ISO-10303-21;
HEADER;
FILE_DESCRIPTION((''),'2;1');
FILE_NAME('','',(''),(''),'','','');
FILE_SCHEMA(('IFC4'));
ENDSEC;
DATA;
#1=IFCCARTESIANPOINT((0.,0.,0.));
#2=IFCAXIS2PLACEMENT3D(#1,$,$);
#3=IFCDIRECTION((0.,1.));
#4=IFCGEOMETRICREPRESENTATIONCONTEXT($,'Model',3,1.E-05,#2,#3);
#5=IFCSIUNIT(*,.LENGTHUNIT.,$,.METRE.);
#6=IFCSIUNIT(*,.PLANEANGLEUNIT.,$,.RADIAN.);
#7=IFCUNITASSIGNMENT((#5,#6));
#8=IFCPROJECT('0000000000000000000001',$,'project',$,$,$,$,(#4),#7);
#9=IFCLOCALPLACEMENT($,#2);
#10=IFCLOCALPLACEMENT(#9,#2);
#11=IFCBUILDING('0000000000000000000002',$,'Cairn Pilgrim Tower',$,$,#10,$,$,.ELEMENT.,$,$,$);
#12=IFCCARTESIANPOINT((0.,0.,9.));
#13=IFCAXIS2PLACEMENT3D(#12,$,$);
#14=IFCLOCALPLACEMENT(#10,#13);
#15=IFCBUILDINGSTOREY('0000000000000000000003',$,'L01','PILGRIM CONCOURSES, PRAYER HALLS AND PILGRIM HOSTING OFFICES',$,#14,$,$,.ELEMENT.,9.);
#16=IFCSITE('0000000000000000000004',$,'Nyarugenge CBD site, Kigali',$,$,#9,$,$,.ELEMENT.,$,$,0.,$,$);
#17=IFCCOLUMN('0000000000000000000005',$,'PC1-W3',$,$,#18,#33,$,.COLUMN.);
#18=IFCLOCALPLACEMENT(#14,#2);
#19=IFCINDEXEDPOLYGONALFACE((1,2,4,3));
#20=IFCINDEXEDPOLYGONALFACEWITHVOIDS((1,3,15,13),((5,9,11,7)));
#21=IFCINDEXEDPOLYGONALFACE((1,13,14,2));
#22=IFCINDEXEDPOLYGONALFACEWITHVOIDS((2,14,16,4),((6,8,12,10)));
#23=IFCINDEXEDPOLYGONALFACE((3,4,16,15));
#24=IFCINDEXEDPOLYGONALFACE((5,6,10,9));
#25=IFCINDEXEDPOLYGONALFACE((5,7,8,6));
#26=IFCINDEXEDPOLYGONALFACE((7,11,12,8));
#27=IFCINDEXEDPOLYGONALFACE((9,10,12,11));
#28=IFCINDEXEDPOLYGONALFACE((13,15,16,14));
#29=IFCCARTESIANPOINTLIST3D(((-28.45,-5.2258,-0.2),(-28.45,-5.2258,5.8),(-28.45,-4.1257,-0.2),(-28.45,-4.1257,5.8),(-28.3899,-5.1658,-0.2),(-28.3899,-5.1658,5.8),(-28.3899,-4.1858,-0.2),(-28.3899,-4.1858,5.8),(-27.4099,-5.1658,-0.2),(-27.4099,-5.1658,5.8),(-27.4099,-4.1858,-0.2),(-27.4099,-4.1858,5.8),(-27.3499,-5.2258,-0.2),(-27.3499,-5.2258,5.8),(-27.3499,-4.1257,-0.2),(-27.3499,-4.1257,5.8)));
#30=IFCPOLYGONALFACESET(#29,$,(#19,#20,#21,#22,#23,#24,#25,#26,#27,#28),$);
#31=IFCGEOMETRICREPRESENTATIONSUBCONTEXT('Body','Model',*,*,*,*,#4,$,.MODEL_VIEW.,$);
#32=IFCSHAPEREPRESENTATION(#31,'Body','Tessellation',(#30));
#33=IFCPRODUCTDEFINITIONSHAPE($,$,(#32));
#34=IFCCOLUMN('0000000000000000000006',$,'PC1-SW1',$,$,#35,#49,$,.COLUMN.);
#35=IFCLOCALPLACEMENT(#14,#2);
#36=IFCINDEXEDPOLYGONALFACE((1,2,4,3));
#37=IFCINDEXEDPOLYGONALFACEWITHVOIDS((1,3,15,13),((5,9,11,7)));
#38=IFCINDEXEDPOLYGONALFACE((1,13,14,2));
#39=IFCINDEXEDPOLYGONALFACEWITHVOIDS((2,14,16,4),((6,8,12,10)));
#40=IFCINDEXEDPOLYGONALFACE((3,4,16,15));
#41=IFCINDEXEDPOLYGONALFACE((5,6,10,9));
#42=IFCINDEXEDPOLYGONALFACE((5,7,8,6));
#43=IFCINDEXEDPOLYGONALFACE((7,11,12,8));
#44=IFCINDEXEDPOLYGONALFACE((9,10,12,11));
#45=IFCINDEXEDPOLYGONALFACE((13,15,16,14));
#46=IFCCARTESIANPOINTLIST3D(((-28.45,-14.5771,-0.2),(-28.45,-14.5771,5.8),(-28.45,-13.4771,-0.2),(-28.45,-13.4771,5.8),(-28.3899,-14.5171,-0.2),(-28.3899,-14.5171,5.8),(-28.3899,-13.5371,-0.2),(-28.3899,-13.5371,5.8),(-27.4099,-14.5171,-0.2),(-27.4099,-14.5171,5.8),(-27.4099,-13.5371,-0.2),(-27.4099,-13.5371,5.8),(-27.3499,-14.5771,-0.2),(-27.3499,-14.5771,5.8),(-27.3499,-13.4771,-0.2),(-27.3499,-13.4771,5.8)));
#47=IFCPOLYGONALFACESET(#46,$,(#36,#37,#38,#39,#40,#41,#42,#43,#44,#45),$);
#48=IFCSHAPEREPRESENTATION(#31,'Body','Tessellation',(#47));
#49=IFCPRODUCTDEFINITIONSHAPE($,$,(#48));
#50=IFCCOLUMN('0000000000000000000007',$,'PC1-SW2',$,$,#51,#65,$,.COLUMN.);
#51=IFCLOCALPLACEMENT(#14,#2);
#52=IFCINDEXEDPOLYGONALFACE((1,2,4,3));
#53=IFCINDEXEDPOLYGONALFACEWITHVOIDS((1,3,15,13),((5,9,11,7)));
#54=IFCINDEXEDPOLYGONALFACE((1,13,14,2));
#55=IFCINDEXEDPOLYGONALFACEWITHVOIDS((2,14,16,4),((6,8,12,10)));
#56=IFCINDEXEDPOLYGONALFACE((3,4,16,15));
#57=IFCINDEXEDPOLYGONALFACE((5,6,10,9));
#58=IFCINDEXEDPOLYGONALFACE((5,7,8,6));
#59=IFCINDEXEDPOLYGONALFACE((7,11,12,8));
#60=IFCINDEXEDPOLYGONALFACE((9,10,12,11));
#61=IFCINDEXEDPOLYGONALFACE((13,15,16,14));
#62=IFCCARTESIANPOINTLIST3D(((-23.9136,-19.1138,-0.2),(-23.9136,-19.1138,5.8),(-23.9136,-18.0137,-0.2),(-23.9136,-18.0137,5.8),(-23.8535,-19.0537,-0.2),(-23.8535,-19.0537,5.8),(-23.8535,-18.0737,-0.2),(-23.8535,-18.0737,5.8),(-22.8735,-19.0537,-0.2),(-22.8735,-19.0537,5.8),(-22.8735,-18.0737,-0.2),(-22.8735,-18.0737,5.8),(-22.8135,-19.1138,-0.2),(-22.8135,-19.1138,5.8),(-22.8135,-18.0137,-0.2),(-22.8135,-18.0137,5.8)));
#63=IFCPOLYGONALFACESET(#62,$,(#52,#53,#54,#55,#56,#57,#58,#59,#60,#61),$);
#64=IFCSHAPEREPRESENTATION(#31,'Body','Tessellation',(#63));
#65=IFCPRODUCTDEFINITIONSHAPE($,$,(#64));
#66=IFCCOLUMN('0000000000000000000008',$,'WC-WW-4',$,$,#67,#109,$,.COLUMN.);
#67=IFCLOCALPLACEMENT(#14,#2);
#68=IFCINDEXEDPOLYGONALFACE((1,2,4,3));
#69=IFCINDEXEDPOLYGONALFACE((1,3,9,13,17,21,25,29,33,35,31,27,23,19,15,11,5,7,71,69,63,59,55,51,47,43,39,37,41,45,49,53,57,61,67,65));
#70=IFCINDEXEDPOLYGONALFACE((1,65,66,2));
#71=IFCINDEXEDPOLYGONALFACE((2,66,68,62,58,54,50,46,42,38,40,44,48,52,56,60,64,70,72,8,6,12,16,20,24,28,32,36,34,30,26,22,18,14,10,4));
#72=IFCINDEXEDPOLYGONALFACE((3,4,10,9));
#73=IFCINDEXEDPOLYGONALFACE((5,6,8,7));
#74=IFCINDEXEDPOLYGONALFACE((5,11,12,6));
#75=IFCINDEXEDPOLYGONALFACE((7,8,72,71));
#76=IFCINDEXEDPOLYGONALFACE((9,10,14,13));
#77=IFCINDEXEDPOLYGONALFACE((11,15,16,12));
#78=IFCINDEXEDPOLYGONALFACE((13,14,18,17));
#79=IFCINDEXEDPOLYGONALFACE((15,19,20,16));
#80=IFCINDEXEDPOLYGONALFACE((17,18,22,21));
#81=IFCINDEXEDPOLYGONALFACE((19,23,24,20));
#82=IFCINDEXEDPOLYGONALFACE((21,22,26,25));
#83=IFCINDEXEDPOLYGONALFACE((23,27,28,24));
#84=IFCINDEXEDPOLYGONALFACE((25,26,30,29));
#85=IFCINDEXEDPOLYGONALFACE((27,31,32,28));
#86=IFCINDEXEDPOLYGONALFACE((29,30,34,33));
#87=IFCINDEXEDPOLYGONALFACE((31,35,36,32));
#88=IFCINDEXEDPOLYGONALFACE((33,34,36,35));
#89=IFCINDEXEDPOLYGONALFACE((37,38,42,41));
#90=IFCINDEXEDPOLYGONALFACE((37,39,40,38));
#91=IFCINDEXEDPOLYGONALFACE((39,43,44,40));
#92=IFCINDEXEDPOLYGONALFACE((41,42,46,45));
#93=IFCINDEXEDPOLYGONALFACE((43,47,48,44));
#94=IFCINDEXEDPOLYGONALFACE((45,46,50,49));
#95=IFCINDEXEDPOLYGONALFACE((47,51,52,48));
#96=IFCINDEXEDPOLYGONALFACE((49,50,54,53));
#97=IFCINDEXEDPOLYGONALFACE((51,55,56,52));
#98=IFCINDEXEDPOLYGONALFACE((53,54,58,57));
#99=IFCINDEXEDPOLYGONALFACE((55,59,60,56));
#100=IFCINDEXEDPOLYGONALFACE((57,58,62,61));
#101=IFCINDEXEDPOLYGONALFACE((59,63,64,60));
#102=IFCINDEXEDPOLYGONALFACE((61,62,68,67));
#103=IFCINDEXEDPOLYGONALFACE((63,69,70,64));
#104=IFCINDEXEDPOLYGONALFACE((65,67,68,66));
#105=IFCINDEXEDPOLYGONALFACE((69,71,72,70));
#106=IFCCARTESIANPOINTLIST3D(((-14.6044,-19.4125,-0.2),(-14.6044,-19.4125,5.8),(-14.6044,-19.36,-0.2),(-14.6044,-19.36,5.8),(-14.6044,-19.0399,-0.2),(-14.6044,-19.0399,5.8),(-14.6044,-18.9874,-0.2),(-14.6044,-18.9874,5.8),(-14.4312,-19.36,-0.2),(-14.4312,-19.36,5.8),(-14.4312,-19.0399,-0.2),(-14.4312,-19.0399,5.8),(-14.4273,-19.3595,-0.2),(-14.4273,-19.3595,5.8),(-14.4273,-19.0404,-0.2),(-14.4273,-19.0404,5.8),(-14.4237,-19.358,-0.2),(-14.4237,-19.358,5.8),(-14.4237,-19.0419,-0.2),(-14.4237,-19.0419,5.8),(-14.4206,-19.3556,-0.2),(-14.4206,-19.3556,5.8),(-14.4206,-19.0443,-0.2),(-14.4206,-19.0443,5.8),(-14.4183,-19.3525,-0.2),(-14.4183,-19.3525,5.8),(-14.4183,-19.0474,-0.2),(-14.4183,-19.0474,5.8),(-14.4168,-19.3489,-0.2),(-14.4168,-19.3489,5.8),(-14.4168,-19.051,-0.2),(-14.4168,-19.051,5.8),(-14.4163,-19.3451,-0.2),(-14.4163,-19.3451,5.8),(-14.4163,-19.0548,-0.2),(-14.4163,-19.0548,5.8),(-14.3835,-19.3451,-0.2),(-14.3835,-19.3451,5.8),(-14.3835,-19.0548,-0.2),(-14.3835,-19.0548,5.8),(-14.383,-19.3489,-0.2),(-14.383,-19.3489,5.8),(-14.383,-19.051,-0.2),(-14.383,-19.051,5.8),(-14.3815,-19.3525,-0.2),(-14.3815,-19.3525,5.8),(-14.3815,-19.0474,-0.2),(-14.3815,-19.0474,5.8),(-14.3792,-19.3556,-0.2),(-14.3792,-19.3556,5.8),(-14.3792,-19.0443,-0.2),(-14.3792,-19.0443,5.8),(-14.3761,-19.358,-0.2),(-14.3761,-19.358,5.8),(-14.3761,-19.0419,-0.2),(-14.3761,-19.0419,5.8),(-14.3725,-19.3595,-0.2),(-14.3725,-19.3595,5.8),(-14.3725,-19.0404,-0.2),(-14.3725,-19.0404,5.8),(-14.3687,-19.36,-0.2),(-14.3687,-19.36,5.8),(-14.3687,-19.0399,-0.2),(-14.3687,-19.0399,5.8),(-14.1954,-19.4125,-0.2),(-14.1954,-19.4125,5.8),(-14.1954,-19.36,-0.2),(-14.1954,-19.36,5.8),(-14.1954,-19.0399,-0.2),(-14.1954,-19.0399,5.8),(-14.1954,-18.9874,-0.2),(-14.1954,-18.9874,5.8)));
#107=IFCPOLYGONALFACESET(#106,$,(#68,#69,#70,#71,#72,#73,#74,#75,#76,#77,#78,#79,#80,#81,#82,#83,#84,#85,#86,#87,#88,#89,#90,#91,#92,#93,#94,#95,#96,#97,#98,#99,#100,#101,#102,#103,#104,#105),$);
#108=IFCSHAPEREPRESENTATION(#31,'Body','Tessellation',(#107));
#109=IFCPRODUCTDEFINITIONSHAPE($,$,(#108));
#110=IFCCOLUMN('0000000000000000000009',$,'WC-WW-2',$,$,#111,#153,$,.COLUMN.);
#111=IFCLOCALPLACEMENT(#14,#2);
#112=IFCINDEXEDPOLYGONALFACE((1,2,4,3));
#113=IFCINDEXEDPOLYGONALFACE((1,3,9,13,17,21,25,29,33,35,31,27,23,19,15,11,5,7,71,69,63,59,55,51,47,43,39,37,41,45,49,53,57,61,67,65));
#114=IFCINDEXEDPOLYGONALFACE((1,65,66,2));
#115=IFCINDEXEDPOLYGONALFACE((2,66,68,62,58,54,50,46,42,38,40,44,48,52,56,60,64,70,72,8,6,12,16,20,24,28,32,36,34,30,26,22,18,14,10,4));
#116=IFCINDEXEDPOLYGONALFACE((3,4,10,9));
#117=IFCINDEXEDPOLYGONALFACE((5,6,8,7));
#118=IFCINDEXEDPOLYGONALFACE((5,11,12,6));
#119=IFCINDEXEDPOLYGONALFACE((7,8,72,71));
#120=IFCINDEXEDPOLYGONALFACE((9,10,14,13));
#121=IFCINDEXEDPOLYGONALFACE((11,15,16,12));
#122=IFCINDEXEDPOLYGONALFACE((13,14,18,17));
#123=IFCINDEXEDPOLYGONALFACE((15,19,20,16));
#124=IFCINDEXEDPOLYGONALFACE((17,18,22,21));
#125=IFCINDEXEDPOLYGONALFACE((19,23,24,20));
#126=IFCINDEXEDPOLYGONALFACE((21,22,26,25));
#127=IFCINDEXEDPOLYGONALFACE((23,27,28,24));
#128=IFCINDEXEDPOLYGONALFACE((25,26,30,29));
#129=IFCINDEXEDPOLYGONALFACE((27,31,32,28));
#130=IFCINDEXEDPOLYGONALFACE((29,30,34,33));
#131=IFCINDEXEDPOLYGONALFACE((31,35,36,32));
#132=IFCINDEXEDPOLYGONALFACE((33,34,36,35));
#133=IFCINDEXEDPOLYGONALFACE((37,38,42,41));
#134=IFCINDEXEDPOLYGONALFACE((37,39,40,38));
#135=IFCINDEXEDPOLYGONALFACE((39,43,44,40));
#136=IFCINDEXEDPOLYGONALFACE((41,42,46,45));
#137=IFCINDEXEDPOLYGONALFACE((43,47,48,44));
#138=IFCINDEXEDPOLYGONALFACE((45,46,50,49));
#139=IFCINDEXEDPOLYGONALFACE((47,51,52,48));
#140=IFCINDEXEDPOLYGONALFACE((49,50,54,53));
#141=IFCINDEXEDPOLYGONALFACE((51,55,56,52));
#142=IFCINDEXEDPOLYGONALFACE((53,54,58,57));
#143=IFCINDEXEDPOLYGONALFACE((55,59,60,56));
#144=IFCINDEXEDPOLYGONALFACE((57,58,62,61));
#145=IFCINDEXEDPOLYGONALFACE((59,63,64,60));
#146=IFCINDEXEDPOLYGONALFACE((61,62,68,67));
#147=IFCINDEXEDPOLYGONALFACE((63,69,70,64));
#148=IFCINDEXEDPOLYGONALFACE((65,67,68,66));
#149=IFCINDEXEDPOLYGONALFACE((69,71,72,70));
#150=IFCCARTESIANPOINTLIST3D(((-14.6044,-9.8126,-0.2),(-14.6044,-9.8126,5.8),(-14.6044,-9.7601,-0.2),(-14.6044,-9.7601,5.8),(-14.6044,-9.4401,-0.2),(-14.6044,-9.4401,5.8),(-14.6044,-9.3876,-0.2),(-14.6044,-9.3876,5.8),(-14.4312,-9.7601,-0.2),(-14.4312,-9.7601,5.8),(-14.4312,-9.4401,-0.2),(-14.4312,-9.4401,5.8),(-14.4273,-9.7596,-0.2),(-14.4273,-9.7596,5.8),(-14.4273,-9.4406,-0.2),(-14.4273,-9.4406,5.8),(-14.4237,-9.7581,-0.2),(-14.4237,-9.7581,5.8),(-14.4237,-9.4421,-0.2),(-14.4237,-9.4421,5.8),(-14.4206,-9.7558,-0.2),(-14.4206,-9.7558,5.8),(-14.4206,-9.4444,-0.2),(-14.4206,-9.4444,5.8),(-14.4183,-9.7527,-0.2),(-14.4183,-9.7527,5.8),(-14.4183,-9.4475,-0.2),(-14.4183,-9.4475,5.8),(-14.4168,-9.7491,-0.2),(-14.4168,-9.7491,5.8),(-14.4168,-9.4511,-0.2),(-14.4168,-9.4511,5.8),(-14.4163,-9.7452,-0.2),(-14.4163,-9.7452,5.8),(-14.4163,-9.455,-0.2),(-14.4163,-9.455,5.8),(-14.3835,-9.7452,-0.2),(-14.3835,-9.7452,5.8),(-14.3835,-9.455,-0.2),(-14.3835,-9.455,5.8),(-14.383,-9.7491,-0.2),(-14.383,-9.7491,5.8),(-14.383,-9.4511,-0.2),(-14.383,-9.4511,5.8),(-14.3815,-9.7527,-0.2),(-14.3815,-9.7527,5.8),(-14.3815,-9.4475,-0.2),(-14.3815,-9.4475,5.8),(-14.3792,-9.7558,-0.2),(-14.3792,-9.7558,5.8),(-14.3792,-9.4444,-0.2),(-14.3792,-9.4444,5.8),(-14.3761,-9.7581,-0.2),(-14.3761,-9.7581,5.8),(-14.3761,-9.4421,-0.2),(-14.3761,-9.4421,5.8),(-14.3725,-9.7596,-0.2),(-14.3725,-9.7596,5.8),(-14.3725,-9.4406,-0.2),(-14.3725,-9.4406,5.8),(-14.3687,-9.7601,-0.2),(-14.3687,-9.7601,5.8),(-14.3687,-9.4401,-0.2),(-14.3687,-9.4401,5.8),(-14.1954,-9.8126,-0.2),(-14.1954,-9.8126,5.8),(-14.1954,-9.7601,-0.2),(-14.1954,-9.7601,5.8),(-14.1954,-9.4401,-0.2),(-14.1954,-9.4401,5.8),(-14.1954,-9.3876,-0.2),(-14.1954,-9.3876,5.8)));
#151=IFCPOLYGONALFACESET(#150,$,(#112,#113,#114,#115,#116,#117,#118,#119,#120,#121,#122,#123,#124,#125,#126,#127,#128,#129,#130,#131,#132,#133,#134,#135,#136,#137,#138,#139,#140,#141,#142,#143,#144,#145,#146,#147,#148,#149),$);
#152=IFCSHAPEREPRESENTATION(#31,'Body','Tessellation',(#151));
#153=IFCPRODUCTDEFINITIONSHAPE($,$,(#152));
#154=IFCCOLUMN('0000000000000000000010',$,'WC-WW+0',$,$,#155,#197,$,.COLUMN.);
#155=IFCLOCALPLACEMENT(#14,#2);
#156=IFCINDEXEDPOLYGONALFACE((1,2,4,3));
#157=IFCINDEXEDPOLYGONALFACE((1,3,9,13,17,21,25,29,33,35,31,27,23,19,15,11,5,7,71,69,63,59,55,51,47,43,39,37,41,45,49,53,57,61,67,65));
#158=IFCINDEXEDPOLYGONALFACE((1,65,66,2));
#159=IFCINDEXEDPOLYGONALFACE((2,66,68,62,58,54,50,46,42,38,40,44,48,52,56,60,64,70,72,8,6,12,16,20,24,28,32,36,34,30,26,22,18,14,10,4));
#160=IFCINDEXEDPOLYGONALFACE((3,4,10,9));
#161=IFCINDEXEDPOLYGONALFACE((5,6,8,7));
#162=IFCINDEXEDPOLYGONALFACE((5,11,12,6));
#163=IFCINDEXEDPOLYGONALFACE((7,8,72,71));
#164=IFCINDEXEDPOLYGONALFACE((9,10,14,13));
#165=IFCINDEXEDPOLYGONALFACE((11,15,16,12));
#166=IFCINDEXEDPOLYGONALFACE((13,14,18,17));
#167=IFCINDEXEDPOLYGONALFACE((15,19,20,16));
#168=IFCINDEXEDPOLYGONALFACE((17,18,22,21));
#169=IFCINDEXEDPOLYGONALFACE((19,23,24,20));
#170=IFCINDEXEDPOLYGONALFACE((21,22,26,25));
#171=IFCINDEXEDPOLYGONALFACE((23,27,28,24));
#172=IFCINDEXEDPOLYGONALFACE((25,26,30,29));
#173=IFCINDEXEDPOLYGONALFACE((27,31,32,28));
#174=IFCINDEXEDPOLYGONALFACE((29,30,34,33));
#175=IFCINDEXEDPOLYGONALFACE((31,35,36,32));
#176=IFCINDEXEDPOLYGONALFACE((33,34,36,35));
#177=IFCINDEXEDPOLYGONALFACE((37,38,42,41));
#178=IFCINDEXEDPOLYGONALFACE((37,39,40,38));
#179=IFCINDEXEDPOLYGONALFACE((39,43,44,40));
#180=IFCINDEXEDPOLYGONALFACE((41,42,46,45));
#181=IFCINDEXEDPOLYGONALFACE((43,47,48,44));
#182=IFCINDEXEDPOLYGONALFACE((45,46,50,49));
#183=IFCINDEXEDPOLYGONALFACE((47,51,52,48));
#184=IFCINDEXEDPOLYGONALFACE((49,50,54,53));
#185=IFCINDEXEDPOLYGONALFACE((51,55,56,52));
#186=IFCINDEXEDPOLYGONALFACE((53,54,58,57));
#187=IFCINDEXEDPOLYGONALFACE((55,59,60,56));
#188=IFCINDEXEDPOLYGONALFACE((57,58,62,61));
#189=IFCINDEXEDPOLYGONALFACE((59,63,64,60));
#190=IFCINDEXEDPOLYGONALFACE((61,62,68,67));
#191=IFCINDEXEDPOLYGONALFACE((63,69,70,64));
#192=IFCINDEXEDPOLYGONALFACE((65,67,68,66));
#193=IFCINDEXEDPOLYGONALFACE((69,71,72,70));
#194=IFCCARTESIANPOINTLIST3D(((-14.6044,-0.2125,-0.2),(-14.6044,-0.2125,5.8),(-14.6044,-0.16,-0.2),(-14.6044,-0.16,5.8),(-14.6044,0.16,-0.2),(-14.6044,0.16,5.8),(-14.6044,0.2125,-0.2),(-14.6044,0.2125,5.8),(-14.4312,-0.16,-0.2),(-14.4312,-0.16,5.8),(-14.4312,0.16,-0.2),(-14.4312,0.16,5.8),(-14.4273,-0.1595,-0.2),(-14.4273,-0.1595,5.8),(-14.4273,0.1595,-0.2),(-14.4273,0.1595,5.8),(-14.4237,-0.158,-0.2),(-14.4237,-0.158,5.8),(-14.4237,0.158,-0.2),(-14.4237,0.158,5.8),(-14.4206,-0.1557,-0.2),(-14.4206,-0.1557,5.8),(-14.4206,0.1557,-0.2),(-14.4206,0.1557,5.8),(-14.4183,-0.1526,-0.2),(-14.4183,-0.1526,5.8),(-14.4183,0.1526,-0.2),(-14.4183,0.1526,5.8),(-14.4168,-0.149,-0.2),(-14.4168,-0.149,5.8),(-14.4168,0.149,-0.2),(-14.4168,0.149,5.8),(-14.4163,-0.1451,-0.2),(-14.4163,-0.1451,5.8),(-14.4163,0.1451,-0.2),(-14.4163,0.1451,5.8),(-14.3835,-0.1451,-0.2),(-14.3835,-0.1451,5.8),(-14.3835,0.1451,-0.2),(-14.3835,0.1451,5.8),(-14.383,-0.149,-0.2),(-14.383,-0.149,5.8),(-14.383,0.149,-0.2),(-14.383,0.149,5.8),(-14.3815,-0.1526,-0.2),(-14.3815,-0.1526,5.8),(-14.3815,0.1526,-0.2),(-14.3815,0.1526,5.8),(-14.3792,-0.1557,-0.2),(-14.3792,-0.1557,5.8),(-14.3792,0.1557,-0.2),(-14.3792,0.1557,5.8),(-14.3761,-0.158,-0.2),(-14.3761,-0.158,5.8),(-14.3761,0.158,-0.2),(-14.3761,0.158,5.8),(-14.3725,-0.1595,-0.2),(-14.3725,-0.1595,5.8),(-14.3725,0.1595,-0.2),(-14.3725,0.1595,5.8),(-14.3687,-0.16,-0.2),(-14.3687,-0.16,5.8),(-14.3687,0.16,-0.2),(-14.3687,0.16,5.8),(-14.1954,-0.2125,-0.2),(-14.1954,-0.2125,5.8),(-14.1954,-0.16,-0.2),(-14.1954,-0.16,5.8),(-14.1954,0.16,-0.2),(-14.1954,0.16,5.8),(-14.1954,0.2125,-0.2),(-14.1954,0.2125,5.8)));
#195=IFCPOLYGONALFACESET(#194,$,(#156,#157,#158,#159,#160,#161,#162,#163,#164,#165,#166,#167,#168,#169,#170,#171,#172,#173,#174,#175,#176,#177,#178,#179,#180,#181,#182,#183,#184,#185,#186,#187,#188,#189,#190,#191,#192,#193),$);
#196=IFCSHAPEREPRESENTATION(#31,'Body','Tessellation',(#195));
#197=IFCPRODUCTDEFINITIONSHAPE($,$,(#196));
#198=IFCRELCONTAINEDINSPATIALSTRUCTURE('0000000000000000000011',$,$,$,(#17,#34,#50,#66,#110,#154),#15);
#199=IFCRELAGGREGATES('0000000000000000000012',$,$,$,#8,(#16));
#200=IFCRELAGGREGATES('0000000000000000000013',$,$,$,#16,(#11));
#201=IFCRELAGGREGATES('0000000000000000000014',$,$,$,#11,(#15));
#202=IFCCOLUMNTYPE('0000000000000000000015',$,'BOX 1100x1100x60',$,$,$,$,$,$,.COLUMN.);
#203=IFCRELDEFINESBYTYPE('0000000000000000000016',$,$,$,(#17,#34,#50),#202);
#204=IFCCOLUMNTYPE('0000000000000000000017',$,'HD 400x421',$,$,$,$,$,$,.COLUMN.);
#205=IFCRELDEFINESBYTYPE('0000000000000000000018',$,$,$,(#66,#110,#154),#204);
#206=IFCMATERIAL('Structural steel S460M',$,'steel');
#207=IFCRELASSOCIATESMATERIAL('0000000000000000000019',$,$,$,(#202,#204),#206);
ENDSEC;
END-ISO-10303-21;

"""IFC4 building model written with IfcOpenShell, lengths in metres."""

from ifc_helpers import new_model, si_unit, direction, frame, origin, origin_2d, place, context, subcontext, project, spatial, hollow_rectangle, i_section, extrude, material, material_profile, profile_set, type_object, element, save


model = new_model("IFC4")

# Units and contexts
model_context = context("Model", 3, precision=1e-05, world=origin(), true_north=direction((0.0, 1.0)))
body_context = subcontext(model_context, "Body", "Model", "MODEL_VIEW")
ifc_project = project(units=[si_unit("LENGTHUNIT", "METRE"), si_unit("PLANEANGLEUNIT", "RADIAN")], contexts=[model_context])

# Site, building, storey
site_placement = place(None, origin())
site = spatial("IfcSite", under=ifc_project, at=site_placement, Name="Nyarugenge CBD site, Kigali", CompositionType="ELEMENT", RefElevation=0.0)
building_placement = place(site_placement, origin())
building = spatial("IfcBuilding", under=site, at=building_placement, Name="Cairn Pilgrim Tower", CompositionType="ELEMENT")
storey_placement = place(building_placement, frame((0.0, 0.0, 9.0)))
storey = spatial("IfcBuildingStorey", under=building, at=storey_placement, Name="L01", Description="PILGRIM CONCOURSES, PRAYER HALLS AND PILGRIM HOSTING OFFICES", CompositionType="ELEMENT", Elevation=9.0)

# Columns
ifc_material_1 = material(Name="Structural steel S460M", Category="steel")
ifc_material_profile_1 = material_profile(ifc_material_1, hollow_rectangle(XDim=1.1001, YDim=1.1001, WallThickness=0.0601, at=origin_2d()), Name="BOX 1100x1100x60")
ifc_profile_set_1 = profile_set([ifc_material_profile_1], Name="Structural steel S460M")
column_type_1 = type_object("IfcColumnType", Name="BOX 1100x1100x60", PredefinedType="COLUMN", material=ifc_profile_set_1)
for number, where, z_axis, x_axis, name in (
    (1, (-27.8999, -4.6758, -0.2), (0.0, 0.0, 1.0), (1.0, 0.0, 0.0), "PC1-W3"),
    (2, (-27.8999, -14.0271, -0.2), (0.0, 0.0, 1.0), (1.0, 0.0, 0.0), "PC1-SW1"),
    (3, (-23.3635, -18.5637, -0.2), (0.0, 0.0, 1.0), (1.0, 0.0, 0.0), "PC1-SW2"),
):
    element("IfcColumn", number, at=place(storey_placement, frame(where, z_axis=z_axis, x_axis=x_axis)), inside=storey, type_object=column_type_1, Name=name, PredefinedType="COLUMN", context=body_context, shape_type="SweptSolid", body=[
        extrude(hollow_rectangle(XDim=1.1001, YDim=1.1001, WallThickness=0.0601, at=origin_2d()), origin(), (0.0, 0.0, 1.0), 6.0),
    ])
ifc_material_profile_2 = material_profile(ifc_material_1, i_section(OverallWidth=0.4089, OverallDepth=0.425, WebThickness=0.0327, FlangeThickness=0.0525, FilletRadius=0.0149, at=origin_2d()), Name="HD 400x421")
ifc_profile_set_2 = profile_set([ifc_material_profile_2], Name="Structural steel S460M")
column_type_2 = type_object("IfcColumnType", Name="HD 400x421", PredefinedType="COLUMN", material=ifc_profile_set_2)
for number, where, z_axis, x_axis, name in (
    (4, (-14.3999, -19.2, -0.2), (0.0, 0.0, 1.0), (1.0, 0.0, 0.0), "WC-WW-4"),
    (5, (-14.3999, -9.6001, -0.2), (0.0, 0.0, 1.0), (1.0, 0.0, 0.0), "WC-WW-2"),
    (6, (-14.3999, 0.0, -0.2), (0.0, 0.0, 1.0), (1.0, 0.0, 0.0), "WC-WW+0"),
):
    element("IfcColumn", number, at=place(storey_placement, frame(where, z_axis=z_axis, x_axis=x_axis)), inside=storey, type_object=column_type_2, Name=name, PredefinedType="COLUMN", context=body_context, shape_type="SweptSolid", body=[
        extrude(i_section(OverallWidth=0.4089, OverallDepth=0.425, WebThickness=0.0327, FlangeThickness=0.0525, FilletRadius=0.0149, at=origin_2d()), origin(), (0.0, 0.0, 1.0), 6.0),
    ])

save(model, "model.ifc")
